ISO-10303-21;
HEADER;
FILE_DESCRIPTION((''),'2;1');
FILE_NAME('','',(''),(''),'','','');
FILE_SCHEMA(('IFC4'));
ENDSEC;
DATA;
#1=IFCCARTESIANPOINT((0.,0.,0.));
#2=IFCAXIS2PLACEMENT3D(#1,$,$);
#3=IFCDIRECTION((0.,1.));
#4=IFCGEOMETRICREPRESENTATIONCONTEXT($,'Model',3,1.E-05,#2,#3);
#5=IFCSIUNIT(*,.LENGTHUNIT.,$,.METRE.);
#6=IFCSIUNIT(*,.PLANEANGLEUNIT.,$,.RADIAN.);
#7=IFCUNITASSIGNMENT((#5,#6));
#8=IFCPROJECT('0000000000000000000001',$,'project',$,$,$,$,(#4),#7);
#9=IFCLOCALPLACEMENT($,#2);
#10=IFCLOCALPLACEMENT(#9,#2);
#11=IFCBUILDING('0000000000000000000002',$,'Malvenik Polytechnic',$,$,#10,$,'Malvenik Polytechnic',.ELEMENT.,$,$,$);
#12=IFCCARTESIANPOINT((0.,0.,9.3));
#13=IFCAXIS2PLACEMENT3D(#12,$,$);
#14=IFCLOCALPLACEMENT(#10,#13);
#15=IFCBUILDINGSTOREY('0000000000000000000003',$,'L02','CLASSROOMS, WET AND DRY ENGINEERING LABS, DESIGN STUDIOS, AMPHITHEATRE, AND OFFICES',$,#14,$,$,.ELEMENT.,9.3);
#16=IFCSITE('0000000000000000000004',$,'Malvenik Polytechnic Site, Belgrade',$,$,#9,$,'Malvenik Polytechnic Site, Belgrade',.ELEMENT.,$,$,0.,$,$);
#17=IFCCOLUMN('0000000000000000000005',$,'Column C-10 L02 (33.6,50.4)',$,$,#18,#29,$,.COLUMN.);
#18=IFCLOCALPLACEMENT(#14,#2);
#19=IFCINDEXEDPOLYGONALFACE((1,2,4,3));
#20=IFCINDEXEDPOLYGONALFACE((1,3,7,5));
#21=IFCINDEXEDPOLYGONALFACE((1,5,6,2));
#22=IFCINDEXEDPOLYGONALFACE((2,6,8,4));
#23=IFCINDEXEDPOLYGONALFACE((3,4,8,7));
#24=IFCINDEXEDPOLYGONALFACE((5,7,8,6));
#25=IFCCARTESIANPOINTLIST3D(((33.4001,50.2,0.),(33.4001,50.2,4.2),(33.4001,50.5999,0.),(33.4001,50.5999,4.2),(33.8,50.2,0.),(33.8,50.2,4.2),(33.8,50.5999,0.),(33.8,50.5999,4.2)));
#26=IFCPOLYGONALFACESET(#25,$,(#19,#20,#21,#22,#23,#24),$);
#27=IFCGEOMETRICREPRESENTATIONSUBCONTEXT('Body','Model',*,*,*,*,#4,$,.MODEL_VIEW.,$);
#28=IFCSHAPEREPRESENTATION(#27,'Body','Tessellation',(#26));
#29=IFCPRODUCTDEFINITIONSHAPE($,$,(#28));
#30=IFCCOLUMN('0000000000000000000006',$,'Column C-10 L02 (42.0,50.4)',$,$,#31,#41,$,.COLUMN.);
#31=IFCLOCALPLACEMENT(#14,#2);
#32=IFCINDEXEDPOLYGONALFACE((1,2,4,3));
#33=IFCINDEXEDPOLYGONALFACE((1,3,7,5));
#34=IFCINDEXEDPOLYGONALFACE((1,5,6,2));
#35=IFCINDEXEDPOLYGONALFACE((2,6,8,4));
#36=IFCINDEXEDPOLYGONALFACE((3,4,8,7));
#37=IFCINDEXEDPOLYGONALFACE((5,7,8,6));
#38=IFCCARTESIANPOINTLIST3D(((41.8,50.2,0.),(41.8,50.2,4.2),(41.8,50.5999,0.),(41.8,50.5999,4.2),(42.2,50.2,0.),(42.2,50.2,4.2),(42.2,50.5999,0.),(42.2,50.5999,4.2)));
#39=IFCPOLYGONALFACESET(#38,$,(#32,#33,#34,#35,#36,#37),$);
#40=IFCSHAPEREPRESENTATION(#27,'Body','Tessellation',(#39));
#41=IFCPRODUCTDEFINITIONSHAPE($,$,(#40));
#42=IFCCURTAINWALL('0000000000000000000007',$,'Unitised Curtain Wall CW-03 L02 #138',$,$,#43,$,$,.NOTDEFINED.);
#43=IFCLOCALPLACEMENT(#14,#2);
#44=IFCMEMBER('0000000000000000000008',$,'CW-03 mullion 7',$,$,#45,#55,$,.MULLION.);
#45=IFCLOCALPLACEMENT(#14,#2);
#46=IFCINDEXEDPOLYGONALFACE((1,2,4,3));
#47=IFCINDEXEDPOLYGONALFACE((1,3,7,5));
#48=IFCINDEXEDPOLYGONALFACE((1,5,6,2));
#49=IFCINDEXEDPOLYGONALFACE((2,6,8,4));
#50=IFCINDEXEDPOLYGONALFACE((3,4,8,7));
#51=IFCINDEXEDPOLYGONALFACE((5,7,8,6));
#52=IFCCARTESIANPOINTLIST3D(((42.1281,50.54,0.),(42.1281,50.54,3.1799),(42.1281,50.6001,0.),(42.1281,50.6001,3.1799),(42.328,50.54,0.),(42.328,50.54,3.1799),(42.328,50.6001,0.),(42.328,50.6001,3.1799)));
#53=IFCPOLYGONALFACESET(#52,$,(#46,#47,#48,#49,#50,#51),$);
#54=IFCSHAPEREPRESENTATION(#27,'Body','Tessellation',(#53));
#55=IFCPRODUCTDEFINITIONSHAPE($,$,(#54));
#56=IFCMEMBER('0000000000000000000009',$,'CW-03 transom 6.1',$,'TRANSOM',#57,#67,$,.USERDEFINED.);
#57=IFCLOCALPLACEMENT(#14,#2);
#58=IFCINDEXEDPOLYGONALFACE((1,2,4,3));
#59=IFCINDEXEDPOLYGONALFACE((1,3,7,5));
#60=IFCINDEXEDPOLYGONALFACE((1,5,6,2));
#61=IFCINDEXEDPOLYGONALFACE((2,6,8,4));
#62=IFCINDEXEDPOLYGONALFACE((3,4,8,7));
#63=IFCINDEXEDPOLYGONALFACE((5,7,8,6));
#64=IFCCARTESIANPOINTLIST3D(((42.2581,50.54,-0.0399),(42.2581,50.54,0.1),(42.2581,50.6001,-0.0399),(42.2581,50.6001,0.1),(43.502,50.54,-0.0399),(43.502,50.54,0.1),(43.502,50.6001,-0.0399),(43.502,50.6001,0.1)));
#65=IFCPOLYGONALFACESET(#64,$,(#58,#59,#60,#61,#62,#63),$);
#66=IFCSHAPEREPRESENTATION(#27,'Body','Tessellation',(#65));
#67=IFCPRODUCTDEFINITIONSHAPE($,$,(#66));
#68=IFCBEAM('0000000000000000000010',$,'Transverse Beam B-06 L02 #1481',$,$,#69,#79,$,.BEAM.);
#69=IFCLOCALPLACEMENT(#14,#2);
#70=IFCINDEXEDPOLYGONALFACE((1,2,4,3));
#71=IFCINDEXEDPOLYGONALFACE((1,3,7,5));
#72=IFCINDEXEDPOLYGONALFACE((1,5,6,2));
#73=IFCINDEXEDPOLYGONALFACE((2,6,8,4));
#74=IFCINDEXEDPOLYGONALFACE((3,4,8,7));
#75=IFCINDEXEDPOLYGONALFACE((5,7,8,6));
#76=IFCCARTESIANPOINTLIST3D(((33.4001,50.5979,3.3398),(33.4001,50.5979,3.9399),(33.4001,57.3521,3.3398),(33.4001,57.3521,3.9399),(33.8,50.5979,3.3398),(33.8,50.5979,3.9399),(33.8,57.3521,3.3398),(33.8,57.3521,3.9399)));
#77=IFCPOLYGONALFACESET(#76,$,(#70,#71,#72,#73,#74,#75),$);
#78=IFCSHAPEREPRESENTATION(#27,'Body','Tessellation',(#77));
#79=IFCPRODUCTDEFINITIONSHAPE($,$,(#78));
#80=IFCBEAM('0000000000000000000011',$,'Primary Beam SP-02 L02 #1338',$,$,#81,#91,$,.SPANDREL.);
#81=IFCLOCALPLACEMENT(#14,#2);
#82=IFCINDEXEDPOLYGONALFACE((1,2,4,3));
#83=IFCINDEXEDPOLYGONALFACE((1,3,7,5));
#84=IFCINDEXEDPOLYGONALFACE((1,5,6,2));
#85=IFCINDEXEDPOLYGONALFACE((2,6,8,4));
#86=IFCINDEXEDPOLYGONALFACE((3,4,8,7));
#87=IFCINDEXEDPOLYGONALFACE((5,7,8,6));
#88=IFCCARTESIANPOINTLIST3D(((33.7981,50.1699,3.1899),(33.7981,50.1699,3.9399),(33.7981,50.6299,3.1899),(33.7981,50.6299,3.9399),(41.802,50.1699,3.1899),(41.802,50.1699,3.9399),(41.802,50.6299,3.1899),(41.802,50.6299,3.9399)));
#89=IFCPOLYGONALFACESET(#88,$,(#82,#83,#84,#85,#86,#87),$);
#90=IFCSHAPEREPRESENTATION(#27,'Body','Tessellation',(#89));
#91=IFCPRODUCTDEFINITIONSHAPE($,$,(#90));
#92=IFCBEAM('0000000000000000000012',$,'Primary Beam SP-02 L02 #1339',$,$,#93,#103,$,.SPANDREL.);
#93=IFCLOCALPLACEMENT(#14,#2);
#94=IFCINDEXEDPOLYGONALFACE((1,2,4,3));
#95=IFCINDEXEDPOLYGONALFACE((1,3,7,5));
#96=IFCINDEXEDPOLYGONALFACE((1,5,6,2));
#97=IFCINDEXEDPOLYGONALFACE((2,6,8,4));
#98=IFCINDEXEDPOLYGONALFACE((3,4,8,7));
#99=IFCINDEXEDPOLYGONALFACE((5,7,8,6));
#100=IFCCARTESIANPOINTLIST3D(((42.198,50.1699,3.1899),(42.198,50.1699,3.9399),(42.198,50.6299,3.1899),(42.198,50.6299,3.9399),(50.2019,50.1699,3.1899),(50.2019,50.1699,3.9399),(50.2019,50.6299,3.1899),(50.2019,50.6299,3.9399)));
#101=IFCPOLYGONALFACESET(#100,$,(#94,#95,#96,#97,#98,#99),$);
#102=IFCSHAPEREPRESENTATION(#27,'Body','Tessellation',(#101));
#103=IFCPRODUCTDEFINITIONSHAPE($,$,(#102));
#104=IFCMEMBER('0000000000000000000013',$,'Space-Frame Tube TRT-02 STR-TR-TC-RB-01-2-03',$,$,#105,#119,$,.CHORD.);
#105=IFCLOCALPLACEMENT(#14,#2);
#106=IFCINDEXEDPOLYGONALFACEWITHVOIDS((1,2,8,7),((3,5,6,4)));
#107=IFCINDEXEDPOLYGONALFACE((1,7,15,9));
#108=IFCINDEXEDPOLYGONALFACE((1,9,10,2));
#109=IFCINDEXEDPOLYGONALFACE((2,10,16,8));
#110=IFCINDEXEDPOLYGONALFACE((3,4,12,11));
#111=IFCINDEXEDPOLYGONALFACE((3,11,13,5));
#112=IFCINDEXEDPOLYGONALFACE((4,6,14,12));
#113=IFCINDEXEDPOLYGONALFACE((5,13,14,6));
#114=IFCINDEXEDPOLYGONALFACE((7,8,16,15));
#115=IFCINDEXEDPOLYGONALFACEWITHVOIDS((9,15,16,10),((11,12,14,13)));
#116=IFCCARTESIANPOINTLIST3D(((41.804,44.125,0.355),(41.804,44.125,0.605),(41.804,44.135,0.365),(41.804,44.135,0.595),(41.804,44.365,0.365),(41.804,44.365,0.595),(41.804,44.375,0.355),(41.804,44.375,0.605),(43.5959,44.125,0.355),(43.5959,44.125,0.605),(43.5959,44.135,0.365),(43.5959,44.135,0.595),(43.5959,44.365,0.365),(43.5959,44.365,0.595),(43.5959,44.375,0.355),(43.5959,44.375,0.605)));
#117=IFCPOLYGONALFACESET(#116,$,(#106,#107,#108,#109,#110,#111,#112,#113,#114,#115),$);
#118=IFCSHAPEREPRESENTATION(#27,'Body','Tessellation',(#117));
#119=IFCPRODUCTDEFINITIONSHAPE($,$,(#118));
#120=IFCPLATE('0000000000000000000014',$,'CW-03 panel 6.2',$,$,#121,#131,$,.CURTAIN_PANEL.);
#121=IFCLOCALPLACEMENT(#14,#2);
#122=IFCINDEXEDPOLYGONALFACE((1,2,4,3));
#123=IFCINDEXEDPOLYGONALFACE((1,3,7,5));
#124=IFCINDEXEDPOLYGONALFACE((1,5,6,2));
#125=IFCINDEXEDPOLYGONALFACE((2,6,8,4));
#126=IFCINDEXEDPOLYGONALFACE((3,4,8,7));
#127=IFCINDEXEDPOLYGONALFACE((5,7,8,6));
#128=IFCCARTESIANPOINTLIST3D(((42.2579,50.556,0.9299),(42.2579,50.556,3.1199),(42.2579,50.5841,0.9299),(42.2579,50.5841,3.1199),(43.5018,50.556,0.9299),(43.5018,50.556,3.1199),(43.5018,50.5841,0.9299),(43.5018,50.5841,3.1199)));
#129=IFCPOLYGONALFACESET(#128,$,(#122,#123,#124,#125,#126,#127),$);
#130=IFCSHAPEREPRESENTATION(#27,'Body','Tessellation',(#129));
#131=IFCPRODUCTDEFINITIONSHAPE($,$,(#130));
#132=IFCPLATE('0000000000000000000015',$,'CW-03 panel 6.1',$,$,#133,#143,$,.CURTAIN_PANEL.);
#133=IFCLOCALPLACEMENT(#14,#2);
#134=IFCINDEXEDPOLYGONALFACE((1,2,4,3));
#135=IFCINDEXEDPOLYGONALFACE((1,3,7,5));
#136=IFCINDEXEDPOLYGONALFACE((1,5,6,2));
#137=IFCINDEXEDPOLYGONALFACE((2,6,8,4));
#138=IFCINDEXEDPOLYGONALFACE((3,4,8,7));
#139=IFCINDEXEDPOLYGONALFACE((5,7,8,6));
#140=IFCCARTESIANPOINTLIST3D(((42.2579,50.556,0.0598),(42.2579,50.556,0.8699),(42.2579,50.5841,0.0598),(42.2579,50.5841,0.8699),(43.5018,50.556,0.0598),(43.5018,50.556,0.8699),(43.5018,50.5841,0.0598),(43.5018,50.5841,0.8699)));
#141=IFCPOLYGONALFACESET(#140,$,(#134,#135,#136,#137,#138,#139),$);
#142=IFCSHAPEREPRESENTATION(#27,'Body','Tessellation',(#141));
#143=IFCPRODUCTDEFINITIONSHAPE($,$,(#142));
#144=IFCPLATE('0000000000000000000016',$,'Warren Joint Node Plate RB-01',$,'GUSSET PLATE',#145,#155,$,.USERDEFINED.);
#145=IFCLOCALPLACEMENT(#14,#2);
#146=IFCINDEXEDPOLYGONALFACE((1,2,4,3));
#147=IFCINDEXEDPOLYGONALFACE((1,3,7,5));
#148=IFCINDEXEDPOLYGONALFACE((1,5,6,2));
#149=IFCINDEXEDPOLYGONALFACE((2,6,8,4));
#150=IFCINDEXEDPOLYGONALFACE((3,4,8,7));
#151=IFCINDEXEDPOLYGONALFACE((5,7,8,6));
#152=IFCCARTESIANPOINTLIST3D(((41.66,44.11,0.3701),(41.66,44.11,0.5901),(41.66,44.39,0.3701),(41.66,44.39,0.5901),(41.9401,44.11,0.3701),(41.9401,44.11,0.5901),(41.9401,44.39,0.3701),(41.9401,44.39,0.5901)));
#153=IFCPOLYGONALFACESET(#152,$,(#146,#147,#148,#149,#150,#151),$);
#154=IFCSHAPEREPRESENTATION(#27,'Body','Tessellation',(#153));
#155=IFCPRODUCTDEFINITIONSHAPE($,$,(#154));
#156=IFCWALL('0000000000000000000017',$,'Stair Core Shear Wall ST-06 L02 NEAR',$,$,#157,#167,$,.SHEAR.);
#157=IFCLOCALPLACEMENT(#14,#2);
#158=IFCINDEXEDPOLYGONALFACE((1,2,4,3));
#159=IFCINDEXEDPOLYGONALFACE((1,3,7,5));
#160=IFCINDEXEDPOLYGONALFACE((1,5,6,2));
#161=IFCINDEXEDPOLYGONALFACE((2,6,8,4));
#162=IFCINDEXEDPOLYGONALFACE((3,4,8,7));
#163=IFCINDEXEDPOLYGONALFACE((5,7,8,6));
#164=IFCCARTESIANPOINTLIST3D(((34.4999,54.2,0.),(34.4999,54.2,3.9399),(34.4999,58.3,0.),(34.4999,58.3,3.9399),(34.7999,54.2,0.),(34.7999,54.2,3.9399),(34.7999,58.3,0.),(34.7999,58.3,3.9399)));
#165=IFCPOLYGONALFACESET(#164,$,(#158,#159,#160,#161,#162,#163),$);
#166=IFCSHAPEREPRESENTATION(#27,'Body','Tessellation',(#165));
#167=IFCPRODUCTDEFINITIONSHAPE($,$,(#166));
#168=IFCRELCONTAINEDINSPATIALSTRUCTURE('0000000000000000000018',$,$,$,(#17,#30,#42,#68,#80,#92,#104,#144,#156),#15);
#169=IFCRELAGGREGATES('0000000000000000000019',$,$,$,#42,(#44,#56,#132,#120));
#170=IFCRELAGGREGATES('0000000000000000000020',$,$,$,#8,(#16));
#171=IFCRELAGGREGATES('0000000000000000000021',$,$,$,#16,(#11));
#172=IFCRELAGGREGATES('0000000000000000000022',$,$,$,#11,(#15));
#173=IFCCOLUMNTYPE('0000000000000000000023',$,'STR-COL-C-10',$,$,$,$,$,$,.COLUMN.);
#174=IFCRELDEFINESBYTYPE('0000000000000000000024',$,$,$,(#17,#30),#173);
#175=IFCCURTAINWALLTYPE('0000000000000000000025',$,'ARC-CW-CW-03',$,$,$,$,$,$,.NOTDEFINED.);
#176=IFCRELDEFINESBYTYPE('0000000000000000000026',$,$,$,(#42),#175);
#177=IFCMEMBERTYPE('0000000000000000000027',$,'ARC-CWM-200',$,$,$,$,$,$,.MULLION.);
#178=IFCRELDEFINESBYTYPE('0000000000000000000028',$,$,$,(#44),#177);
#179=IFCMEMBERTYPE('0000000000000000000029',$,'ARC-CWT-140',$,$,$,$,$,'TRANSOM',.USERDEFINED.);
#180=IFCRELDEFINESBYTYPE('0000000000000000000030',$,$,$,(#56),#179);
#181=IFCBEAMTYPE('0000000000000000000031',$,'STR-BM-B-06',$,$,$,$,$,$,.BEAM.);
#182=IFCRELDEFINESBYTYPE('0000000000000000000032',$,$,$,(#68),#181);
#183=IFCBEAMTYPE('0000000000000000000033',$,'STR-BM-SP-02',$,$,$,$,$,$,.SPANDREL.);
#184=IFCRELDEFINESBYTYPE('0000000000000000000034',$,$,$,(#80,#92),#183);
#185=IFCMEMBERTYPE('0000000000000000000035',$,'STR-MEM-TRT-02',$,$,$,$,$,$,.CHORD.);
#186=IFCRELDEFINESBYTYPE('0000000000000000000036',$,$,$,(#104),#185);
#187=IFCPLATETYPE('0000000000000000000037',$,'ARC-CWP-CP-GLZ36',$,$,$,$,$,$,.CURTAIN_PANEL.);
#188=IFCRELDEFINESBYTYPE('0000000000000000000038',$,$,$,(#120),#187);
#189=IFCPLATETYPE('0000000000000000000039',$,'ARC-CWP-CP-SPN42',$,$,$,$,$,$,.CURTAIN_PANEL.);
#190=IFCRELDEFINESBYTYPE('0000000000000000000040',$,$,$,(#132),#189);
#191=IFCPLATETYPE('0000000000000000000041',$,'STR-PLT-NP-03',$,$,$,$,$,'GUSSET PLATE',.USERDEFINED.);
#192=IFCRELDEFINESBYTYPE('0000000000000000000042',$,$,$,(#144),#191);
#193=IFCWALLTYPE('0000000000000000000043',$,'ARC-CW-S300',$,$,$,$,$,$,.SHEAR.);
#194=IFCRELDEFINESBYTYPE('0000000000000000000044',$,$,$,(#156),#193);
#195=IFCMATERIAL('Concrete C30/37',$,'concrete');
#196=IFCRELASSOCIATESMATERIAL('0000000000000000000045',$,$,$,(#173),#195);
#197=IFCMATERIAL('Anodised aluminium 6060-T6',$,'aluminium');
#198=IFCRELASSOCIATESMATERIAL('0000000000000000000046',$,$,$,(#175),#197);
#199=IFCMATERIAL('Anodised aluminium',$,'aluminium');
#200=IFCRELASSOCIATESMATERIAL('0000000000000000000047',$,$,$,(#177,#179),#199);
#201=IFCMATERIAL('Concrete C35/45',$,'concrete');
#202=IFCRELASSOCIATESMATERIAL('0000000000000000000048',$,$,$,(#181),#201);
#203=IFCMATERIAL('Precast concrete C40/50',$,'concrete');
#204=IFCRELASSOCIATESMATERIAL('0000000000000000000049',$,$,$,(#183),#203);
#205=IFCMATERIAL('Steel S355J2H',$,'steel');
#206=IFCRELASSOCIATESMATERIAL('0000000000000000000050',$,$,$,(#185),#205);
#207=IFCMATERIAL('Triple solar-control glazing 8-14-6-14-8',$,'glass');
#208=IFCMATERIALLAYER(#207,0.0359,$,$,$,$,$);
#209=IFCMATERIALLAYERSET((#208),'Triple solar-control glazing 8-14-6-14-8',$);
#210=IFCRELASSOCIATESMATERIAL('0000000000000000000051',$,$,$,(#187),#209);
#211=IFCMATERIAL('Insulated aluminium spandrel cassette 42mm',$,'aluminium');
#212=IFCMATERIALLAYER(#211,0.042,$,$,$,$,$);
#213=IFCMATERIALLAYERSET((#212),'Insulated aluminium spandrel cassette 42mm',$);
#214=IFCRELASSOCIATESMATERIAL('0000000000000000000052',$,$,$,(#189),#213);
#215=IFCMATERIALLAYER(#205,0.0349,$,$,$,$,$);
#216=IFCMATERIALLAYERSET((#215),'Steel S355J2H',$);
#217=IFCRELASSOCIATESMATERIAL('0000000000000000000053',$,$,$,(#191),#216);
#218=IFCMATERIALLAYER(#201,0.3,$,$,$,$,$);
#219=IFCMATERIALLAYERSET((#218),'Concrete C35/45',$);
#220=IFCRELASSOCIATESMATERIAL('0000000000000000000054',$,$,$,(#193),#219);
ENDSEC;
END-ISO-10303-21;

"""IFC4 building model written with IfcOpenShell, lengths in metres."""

from ifc_helpers import new_model, si_unit, direction, frame, frame_2d, origin, origin_2d, place, context, subcontext, project, spatial, rectangle, hollow_rectangle, extrude, material, layer, layer_set, material_profile, profile_set, type_object, element, aggregate, save


model = new_model("IFC4")

# Units and contexts
model_context = context("Model", 3, precision=1e-05, world=origin(), true_north=direction((0.0, 1.0)))
body_context = subcontext(model_context, "Body", "Model", "MODEL_VIEW")
ifc_project = project(units=[si_unit("LENGTHUNIT", "METRE"), si_unit("PLANEANGLEUNIT", "RADIAN")], contexts=[model_context])

# Site, building, storey
site_placement = place(None, origin())
site = spatial("IfcSite", under=ifc_project, at=site_placement, Name="Malvenik Polytechnic Site, Belgrade", LongName="Malvenik Polytechnic Site, Belgrade", CompositionType="ELEMENT", RefElevation=0.0)
building_placement = place(site_placement, origin())
building = spatial("IfcBuilding", under=site, at=building_placement, Name="Malvenik Polytechnic", LongName="Malvenik Polytechnic", CompositionType="ELEMENT")
storey_placement = place(building_placement, frame((0.0, 0.0, 9.3)))
storey = spatial("IfcBuildingStorey", under=building, at=storey_placement, Name="L02", Description="CLASSROOMS, WET AND DRY ENGINEERING LABS, DESIGN STUDIOS, AMPHITHEATRE, AND OFFICES", CompositionType="ELEMENT", Elevation=9.3)

# Columns
ifc_material_1 = material(Name="Concrete C30/37", Category="concrete")
ifc_material_profile_1 = material_profile(ifc_material_1, rectangle(XDim=0.3999, YDim=0.3999, at=origin_2d()), Name="RC COL 400x400")
ifc_profile_set_1 = profile_set([ifc_material_profile_1], Name="Concrete C30/37")
column_type = type_object("IfcColumnType", Name="STR-COL-C-10", PredefinedType="COLUMN", material=ifc_profile_set_1)
for number, where, z_axis, x_axis, name in (
    (1, (33.6001, 50.3999, 0.0), (0.0, 0.0, 1.0), (1.0, 0.0, 0.0), "Column C-10 L02 (33.6,50.4)"),
    (2, (42.0, 50.3999, 0.0), (0.0, 0.0, 1.0), (1.0, 0.0, 0.0), "Column C-10 L02 (42.0,50.4)"),
):
    element("IfcColumn", number, at=place(storey_placement, frame(where, z_axis=z_axis, x_axis=x_axis)), inside=storey, type_object=column_type, Name=name, PredefinedType="COLUMN", context=body_context, shape_type="SweptSolid", body=[
        extrude(rectangle(XDim=0.3999, YDim=0.3999, at=origin_2d()), origin(), (0.0, 0.0, 1.0), 4.2),
    ])

# Curtain wall, members
ifc_material_2 = material(Name="Anodised aluminium 6060-T6", Category="aluminium")
curtain_wall_type = type_object("IfcCurtainWallType", Name="ARC-CW-CW-03", PredefinedType="NOTDEFINED", material=ifc_material_2)
curtain_wall_placement = place(storey_placement, origin())
curtain_wall = element("IfcCurtainWall", 3, at=curtain_wall_placement, inside=storey, type_object=curtain_wall_type, Name="Unitised Curtain Wall CW-03 L02 #138", PredefinedType="NOTDEFINED")
ifc_material_3 = material(Name="Anodised aluminium", Category="aluminium")
ifc_material_profile_2 = material_profile(ifc_material_3, rectangle(XDim=0.0601, YDim=0.2, at=origin_2d()), Name="ALU MULLION 60x200")
ifc_profile_set_2 = profile_set([ifc_material_profile_2], Name="Anodised aluminium")
member_type_1 = type_object("IfcMemberType", Name="ARC-CWM-200", PredefinedType="MULLION", material=ifc_profile_set_2)
member_1_placement = place(storey_placement, frame((42.228, 50.5701, 0.0), z_axis=(0.0, 0.0, 1.0), x_axis=(0.0, -1.0, 0.0)))
member_1 = element("IfcMember", 4, at=member_1_placement, type_object=member_type_1, Name="CW-03 mullion 7", PredefinedType="MULLION", context=body_context, shape_type="SweptSolid", body=[
    extrude(rectangle(XDim=0.0601, YDim=0.2, at=origin_2d()), origin(), (0.0, 0.0, 1.0), 3.1799),
])
ifc_material_profile_3 = material_profile(ifc_material_3, rectangle(XDim=0.0601, YDim=0.1399, at=origin_2d()), Name="ALU TRANSOM 60x140")
ifc_profile_set_3 = profile_set([ifc_material_profile_3], Name="Anodised aluminium")
member_type_2 = type_object("IfcMemberType", Name="ARC-CWT-140", ElementType="TRANSOM", PredefinedType="USERDEFINED", material=ifc_profile_set_3)
member_2_placement = place(storey_placement, frame((43.502, 50.5701, 0.03), z_axis=(-1.0, 0.0, 0.0), x_axis=(0.0, -1.0, 0.0)))
member_2 = element("IfcMember", 5, at=member_2_placement, type_object=member_type_2, Name="CW-03 transom 6.1", ObjectType="TRANSOM", PredefinedType="USERDEFINED", context=body_context, shape_type="SweptSolid", body=[
    extrude(rectangle(XDim=0.0601, YDim=0.1399, at=origin_2d()), origin(), (0.0, 0.0, 1.0), 1.2439),
])

# Beams
ifc_material_4 = material(Name="Concrete C35/45", Category="concrete")
ifc_material_profile_4 = material_profile(ifc_material_4, rectangle(XDim=0.3999, YDim=0.6001, at=origin_2d()), Name="RC BM 400x600")
ifc_profile_set_4 = profile_set([ifc_material_profile_4], Name="Concrete C35/45")
beam_type_1 = type_object("IfcBeamType", Name="STR-BM-B-06", PredefinedType="BEAM", material=ifc_profile_set_4)
beam_placement = place(storey_placement, frame((33.6001, 50.5979, 3.6399), z_axis=(0.0, 1.0, 0.0), x_axis=(-1.0, 0.0, 0.0)))
element("IfcBeam", 6, at=beam_placement, inside=storey, type_object=beam_type_1, Name="Transverse Beam B-06 L02 #1481", PredefinedType="BEAM", context=body_context, shape_type="SweptSolid", body=[
    extrude(rectangle(XDim=0.3999, YDim=0.6001, at=origin_2d()), origin(), (0.0, 0.0, 1.0), 6.7542),
])
ifc_material_5 = material(Name="Precast concrete C40/50", Category="concrete")
ifc_material_profile_5 = material_profile(ifc_material_5, rectangle(XDim=0.46, YDim=0.75, at=origin_2d()), Name="PC SPN 460x750")
ifc_profile_set_5 = profile_set([ifc_material_profile_5], Name="Precast concrete C40/50")
beam_type_2 = type_object("IfcBeamType", Name="STR-BM-SP-02", PredefinedType="SPANDREL", material=ifc_profile_set_5)
for number, where, z_axis, x_axis, name in (
    (7, (33.7981, 50.3999, 3.5649), (1.0, 0.0, 0.0), (0.0, 1.0, 0.0), "Primary Beam SP-02 L02 #1338"),
    (8, (42.198, 50.3999, 3.5649), (1.0, 0.0, 0.0), (0.0, 1.0, 0.0), "Primary Beam SP-02 L02 #1339"),
):
    element("IfcBeam", number, at=place(storey_placement, frame(where, z_axis=z_axis, x_axis=x_axis)), inside=storey, type_object=beam_type_2, Name=name, PredefinedType="SPANDREL", context=body_context, shape_type="SweptSolid", body=[
        extrude(rectangle(XDim=0.46, YDim=0.75, at=origin_2d()), origin(), (0.0, 0.0, 1.0), 8.0039),
    ])

# Member
ifc_material_6 = material(Name="Steel S355J2H", Category="steel")
ifc_material_profile_6 = material_profile(ifc_material_6, hollow_rectangle(XDim=0.25, YDim=0.25, WallThickness=0.01, at=origin_2d()), Name="SHS 250x250x10.0")
ifc_profile_set_6 = profile_set([ifc_material_profile_6], Name="Steel S355J2H")
member_type_3 = type_object("IfcMemberType", Name="STR-MEM-TRT-02", PredefinedType="CHORD", material=ifc_profile_set_6)
member_3_placement = place(storey_placement, frame((41.804, 44.25, 0.48), z_axis=(1.0, 0.0, 0.0), x_axis=(0.0, 1.0, 0.0)))
element("IfcMember", 9, at=member_3_placement, inside=storey, type_object=member_type_3, Name="Space-Frame Tube TRT-02 STR-TR-TC-RB-01-2-03", PredefinedType="CHORD", context=body_context, shape_type="SweptSolid", body=[
    extrude(hollow_rectangle(XDim=0.25, YDim=0.25, WallThickness=0.01, at=origin_2d()), origin(), (0.0, 0.0, 1.0), 1.792),
])

# Plates
ifc_material_7 = material(Name="Triple solar-control glazing 8-14-6-14-8", Category="glass")
ifc_layer_1 = layer(ifc_material_7, 0.0359)
ifc_layer_set_1 = layer_set([ifc_layer_1], Name="Triple solar-control glazing 8-14-6-14-8")
plate_type_1 = type_object("IfcPlateType", Name="ARC-CWP-CP-GLZ36", PredefinedType="CURTAIN_PANEL", material=ifc_layer_set_1)
plate_1_placement = place(storey_placement, frame((42.8799, 50.5701, 0.9299), z_axis=(0.0, 0.0, 1.0), x_axis=(-1.0, 0.0, 0.0)))
plate_1 = element("IfcPlate", 10, at=plate_1_placement, type_object=plate_type_1, Name="CW-03 panel 6.2", PredefinedType="CURTAIN_PANEL", context=body_context, shape_type="SweptSolid", body=[
    extrude(rectangle(XDim=1.2439, YDim=0.0281, at=origin_2d()), origin(), (0.0, 0.0, 1.0), 2.1899),
])
ifc_material_8 = material(Name="Insulated aluminium spandrel cassette 42mm", Category="aluminium")
ifc_layer_2 = layer(ifc_material_8, 0.042)
ifc_layer_set_2 = layer_set([ifc_layer_2], Name="Insulated aluminium spandrel cassette 42mm")
plate_type_2 = type_object("IfcPlateType", Name="ARC-CWP-CP-SPN42", PredefinedType="CURTAIN_PANEL", material=ifc_layer_set_2)
plate_2_placement = place(storey_placement, frame((42.8799, 50.5701, 0.0598), z_axis=(0.0, 0.0, 1.0), x_axis=(-1.0, 0.0, 0.0)))
plate_2 = element("IfcPlate", 11, at=plate_2_placement, type_object=plate_type_2, Name="CW-03 panel 6.1", PredefinedType="CURTAIN_PANEL", context=body_context, shape_type="SweptSolid", body=[
    extrude(rectangle(XDim=1.2439, YDim=0.0281, at=origin_2d()), origin(), (0.0, 0.0, 1.0), 0.8101),
])
aggregate(curtain_wall, [member_1, member_2, plate_2, plate_1])
ifc_layer_3 = layer(ifc_material_6, 0.0349)
ifc_layer_set_3 = layer_set([ifc_layer_3], Name="Steel S355J2H")
plate_type_3 = type_object("IfcPlateType", Name="STR-PLT-NP-03", ElementType="GUSSET PLATE", PredefinedType="USERDEFINED", material=ifc_layer_set_3)
plate_3_placement = place(storey_placement, frame((41.8, 44.25, 0.3701), z_axis=(0.0, 0.0, 1.0), x_axis=(1.0, 0.0, 0.0)))
element("IfcPlate", 12, at=plate_3_placement, inside=storey, type_object=plate_type_3, Name="Warren Joint Node Plate RB-01", ObjectType="GUSSET PLATE", PredefinedType="USERDEFINED", context=body_context, shape_type="SweptSolid", body=[
    extrude(rectangle(XDim=0.28, YDim=0.28, at=origin_2d()), origin(), (0.0, 0.0, 1.0), 0.22),
])

# Wall
ifc_layer_4 = layer(ifc_material_4, 0.3)
ifc_layer_set_4 = layer_set([ifc_layer_4], Name="Concrete C35/45")
wall_type_1 = type_object("IfcWallType", Name="ARC-CW-S300", PredefinedType="SHEAR", material=ifc_layer_set_4)
wall_1_placement = place(storey_placement, frame((34.6499, 54.2, 0.0), z_axis=(0.0, 0.0, 1.0), x_axis=(0.0, 1.0, 0.0)))
element("IfcWall", 13, at=wall_1_placement, inside=storey, type_object=wall_type_1, Name="Stair Core Shear Wall ST-06 L02 NEAR", PredefinedType="SHEAR", context=body_context, shape_type="SweptSolid", body=[
    extrude(rectangle(XDim=4.1001, YDim=0.3, at=frame_2d((2.05, 0.0))), origin(), (0.0, 0.0, 1.0), 3.9399),
])

save(model, "model.ifc")
